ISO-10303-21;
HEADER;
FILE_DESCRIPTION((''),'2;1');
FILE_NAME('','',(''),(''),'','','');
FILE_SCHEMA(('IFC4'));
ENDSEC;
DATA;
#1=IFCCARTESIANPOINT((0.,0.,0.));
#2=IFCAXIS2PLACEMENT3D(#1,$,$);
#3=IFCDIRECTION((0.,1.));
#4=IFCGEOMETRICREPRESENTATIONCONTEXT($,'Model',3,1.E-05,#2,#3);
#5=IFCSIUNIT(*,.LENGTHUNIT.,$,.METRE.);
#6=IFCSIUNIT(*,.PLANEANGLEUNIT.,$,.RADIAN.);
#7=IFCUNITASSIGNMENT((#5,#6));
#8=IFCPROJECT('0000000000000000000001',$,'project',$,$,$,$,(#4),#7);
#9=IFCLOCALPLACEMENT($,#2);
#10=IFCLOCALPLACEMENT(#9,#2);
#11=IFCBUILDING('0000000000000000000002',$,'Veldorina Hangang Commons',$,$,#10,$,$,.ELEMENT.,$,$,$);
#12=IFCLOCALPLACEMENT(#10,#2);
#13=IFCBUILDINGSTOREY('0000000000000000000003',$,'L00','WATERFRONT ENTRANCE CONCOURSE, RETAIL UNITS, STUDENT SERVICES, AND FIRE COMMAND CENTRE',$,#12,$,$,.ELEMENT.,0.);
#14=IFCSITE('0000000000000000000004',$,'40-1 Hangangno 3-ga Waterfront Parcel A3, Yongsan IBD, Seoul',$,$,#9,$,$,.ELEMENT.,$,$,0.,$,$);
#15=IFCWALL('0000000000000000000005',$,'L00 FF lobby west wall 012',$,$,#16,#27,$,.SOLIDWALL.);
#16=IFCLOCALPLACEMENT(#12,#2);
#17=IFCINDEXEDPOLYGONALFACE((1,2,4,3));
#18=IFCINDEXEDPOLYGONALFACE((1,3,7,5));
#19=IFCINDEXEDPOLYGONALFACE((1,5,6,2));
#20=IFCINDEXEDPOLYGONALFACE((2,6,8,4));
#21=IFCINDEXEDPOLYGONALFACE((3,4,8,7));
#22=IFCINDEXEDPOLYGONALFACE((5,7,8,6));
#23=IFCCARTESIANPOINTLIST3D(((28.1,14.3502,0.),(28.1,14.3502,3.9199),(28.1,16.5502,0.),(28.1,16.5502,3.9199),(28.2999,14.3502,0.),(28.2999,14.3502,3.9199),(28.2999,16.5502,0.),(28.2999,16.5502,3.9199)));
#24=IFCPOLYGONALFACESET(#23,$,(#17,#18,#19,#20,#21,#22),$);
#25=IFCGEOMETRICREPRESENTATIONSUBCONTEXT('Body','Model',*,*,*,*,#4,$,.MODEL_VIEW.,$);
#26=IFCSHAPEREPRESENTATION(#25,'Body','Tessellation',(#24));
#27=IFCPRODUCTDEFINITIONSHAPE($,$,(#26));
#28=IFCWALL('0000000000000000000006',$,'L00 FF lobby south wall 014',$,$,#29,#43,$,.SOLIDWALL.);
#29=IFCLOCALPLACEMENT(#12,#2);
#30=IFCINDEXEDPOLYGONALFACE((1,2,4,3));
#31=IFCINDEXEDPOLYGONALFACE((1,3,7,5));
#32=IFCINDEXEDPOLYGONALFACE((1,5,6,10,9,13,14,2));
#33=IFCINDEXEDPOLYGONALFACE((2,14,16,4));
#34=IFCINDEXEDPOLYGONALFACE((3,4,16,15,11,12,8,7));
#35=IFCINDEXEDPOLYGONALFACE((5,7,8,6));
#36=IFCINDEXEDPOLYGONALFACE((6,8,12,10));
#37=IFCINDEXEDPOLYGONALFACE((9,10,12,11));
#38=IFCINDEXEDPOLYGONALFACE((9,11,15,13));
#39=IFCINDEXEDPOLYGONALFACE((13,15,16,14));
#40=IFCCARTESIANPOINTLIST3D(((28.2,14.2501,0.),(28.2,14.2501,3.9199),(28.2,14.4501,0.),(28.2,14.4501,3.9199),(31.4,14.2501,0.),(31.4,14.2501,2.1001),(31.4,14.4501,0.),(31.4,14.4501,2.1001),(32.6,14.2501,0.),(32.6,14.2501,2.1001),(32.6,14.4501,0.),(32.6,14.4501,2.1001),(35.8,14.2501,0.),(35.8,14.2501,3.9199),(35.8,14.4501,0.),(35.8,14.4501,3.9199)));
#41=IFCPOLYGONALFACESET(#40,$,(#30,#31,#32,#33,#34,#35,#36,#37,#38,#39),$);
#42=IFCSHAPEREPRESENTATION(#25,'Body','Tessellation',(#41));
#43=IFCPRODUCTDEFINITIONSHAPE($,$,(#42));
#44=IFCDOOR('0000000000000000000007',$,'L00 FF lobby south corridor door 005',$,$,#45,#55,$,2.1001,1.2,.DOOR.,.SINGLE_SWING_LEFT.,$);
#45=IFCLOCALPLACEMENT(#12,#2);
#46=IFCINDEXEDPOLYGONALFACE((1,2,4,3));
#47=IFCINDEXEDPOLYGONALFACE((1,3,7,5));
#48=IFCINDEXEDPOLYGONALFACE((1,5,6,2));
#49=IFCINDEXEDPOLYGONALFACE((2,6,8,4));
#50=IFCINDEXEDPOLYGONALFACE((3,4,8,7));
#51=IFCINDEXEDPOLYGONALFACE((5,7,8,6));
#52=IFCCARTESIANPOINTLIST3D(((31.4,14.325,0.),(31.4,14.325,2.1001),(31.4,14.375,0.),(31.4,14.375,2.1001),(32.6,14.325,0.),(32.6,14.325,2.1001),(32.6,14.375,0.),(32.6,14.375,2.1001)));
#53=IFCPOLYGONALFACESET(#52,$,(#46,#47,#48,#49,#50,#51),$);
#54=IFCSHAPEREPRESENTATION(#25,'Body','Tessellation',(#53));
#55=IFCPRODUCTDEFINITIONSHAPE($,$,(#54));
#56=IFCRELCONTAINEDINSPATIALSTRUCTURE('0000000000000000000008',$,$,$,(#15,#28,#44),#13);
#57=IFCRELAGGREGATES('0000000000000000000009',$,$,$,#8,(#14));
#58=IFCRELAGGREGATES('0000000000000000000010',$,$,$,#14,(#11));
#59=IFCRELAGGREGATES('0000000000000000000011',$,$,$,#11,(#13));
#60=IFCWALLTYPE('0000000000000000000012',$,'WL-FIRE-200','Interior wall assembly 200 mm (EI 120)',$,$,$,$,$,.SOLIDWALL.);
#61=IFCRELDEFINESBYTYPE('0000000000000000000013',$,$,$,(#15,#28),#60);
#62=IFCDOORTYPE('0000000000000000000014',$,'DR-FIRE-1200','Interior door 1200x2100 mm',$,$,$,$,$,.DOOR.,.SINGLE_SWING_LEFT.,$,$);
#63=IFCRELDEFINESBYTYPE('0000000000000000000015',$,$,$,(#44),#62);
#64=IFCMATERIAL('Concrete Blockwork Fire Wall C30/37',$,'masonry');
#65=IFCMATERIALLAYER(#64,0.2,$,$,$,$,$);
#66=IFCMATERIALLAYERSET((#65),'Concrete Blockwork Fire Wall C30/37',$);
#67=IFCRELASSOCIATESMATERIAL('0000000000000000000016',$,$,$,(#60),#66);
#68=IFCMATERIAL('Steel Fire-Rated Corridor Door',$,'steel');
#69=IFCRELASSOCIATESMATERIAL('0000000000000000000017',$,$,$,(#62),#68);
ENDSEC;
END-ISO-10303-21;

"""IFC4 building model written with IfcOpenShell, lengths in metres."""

from ifc_helpers import new_model, si_unit, direction, frame, frame_2d, origin, place, context, subcontext, project, spatial, rectangle, extrude, material, layer, layer_set, type_object, element, fill, save


model = new_model("IFC4")

# Units and contexts
model_context = context("Model", 3, precision=1e-05, world=origin(), true_north=direction((0.0, 1.0)))
body_context = subcontext(model_context, "Body", "Model", "MODEL_VIEW")
ifc_project = project(units=[si_unit("LENGTHUNIT", "METRE"), si_unit("PLANEANGLEUNIT", "RADIAN")], contexts=[model_context])

# Site, building, storey
site_placement = place(None, origin())
site = spatial("IfcSite", under=ifc_project, at=site_placement, Name="40-1 Hangangno 3-ga Waterfront Parcel A3, Yongsan IBD, Seoul", CompositionType="ELEMENT", RefElevation=0.0)
building_placement = place(site_placement, origin())
building = spatial("IfcBuilding", under=site, at=building_placement, Name="Veldorina Hangang Commons", CompositionType="ELEMENT")
storey_placement = place(building_placement, origin())
storey = spatial("IfcBuildingStorey", under=building, at=storey_placement, Name="L00", Description="WATERFRONT ENTRANCE CONCOURSE, RETAIL UNITS, STUDENT SERVICES, AND FIRE COMMAND CENTRE", CompositionType="ELEMENT", Elevation=0.0)

# Wall
ifc_material_1 = material(Name="Concrete Blockwork Fire Wall C30/37", Category="masonry")
ifc_layer_1 = layer(ifc_material_1, 0.2)
ifc_layer_set_1 = layer_set([ifc_layer_1], Name="Concrete Blockwork Fire Wall C30/37")
wall_type_1 = type_object("IfcWallType", Name="WL-FIRE-200", Description="Interior wall assembly 200 mm (EI 120)", PredefinedType="SOLIDWALL", material=ifc_layer_set_1)
wall_1_placement = place(storey_placement, frame((28.2, 14.3501, 0.0), z_axis=(0.0, 0.0, 1.0), x_axis=(0.0, 1.0, 0.0)))
element("IfcWall", 1, at=wall_1_placement, inside=storey, type_object=wall_type_1, Name="L00 FF lobby west wall 012", PredefinedType="SOLIDWALL", context=body_context, shape_type="SweptSolid", body=[
    extrude(rectangle(XDim=2.2, YDim=0.2, at=frame_2d((1.1001, 0.0))), origin(), (0.0, 0.0, 1.0), 3.9199),
])

# Wall, opening, door
wall_2_placement = place(storey_placement, frame((28.2, 14.3501, 0.0), z_axis=(0.0, 0.0, 1.0), x_axis=(1.0, 0.0, 0.0)))
wall_2 = element("IfcWall", 2, at=wall_2_placement, inside=storey, type_object=wall_type_1, Name="L00 FF lobby south wall 014", PredefinedType="SOLIDWALL", context=body_context, shape_type="SweptSolid", body=[
    extrude(rectangle(XDim=7.6001, YDim=0.2, at=frame_2d((3.8, 0.0))), origin(), (0.0, 0.0, 1.0), 3.9199),
])
opening_1_placement = place(wall_2_placement, frame((3.2, 0.0, 0.0)))
opening_1 = element("IfcOpeningElement", 3, at=opening_1_placement, cuts=wall_2, PredefinedType="OPENING", context=body_context, shape_type="SweptSolid", body=[
    extrude(rectangle(XDim=1.2, YDim=2.1001, at=frame_2d((0.6001, 1.05))), frame((0.0, 0.1099, 0.0), z_axis=(0.0, -1.0, 0.0), x_axis=(1.0, 0.0, 0.0)), (0.0, 0.0, 1.0), 0.22),
])
ifc_material_2 = material(Name="Steel Fire-Rated Corridor Door", Category="steel")
door_type_1 = type_object("IfcDoorType", Name="DR-FIRE-1200", Description="Interior door 1200x2100 mm", OperationType="SINGLE_SWING_LEFT", PredefinedType="DOOR", material=ifc_material_2)
door_1_placement = place(opening_1_placement, origin())
door_1 = element("IfcDoor", 4, at=door_1_placement, inside=storey, type_object=door_type_1, Name="L00 FF lobby south corridor door 005", OperationType="SINGLE_SWING_LEFT", OverallHeight=2.1001, OverallWidth=1.2, PredefinedType="DOOR", context=body_context, shape_type="SweptSolid", body=[
    extrude(rectangle(XDim=1.2, YDim=2.1001, at=frame_2d((0.6001, 1.05))), frame((0.0, 0.0249, 0.0), z_axis=(0.0, -1.0, 0.0), x_axis=(1.0, 0.0, 0.0)), (0.0, 0.0, 1.0), 0.05),
])
fill(opening_1, door_1)

save(model, "model.ifc")
